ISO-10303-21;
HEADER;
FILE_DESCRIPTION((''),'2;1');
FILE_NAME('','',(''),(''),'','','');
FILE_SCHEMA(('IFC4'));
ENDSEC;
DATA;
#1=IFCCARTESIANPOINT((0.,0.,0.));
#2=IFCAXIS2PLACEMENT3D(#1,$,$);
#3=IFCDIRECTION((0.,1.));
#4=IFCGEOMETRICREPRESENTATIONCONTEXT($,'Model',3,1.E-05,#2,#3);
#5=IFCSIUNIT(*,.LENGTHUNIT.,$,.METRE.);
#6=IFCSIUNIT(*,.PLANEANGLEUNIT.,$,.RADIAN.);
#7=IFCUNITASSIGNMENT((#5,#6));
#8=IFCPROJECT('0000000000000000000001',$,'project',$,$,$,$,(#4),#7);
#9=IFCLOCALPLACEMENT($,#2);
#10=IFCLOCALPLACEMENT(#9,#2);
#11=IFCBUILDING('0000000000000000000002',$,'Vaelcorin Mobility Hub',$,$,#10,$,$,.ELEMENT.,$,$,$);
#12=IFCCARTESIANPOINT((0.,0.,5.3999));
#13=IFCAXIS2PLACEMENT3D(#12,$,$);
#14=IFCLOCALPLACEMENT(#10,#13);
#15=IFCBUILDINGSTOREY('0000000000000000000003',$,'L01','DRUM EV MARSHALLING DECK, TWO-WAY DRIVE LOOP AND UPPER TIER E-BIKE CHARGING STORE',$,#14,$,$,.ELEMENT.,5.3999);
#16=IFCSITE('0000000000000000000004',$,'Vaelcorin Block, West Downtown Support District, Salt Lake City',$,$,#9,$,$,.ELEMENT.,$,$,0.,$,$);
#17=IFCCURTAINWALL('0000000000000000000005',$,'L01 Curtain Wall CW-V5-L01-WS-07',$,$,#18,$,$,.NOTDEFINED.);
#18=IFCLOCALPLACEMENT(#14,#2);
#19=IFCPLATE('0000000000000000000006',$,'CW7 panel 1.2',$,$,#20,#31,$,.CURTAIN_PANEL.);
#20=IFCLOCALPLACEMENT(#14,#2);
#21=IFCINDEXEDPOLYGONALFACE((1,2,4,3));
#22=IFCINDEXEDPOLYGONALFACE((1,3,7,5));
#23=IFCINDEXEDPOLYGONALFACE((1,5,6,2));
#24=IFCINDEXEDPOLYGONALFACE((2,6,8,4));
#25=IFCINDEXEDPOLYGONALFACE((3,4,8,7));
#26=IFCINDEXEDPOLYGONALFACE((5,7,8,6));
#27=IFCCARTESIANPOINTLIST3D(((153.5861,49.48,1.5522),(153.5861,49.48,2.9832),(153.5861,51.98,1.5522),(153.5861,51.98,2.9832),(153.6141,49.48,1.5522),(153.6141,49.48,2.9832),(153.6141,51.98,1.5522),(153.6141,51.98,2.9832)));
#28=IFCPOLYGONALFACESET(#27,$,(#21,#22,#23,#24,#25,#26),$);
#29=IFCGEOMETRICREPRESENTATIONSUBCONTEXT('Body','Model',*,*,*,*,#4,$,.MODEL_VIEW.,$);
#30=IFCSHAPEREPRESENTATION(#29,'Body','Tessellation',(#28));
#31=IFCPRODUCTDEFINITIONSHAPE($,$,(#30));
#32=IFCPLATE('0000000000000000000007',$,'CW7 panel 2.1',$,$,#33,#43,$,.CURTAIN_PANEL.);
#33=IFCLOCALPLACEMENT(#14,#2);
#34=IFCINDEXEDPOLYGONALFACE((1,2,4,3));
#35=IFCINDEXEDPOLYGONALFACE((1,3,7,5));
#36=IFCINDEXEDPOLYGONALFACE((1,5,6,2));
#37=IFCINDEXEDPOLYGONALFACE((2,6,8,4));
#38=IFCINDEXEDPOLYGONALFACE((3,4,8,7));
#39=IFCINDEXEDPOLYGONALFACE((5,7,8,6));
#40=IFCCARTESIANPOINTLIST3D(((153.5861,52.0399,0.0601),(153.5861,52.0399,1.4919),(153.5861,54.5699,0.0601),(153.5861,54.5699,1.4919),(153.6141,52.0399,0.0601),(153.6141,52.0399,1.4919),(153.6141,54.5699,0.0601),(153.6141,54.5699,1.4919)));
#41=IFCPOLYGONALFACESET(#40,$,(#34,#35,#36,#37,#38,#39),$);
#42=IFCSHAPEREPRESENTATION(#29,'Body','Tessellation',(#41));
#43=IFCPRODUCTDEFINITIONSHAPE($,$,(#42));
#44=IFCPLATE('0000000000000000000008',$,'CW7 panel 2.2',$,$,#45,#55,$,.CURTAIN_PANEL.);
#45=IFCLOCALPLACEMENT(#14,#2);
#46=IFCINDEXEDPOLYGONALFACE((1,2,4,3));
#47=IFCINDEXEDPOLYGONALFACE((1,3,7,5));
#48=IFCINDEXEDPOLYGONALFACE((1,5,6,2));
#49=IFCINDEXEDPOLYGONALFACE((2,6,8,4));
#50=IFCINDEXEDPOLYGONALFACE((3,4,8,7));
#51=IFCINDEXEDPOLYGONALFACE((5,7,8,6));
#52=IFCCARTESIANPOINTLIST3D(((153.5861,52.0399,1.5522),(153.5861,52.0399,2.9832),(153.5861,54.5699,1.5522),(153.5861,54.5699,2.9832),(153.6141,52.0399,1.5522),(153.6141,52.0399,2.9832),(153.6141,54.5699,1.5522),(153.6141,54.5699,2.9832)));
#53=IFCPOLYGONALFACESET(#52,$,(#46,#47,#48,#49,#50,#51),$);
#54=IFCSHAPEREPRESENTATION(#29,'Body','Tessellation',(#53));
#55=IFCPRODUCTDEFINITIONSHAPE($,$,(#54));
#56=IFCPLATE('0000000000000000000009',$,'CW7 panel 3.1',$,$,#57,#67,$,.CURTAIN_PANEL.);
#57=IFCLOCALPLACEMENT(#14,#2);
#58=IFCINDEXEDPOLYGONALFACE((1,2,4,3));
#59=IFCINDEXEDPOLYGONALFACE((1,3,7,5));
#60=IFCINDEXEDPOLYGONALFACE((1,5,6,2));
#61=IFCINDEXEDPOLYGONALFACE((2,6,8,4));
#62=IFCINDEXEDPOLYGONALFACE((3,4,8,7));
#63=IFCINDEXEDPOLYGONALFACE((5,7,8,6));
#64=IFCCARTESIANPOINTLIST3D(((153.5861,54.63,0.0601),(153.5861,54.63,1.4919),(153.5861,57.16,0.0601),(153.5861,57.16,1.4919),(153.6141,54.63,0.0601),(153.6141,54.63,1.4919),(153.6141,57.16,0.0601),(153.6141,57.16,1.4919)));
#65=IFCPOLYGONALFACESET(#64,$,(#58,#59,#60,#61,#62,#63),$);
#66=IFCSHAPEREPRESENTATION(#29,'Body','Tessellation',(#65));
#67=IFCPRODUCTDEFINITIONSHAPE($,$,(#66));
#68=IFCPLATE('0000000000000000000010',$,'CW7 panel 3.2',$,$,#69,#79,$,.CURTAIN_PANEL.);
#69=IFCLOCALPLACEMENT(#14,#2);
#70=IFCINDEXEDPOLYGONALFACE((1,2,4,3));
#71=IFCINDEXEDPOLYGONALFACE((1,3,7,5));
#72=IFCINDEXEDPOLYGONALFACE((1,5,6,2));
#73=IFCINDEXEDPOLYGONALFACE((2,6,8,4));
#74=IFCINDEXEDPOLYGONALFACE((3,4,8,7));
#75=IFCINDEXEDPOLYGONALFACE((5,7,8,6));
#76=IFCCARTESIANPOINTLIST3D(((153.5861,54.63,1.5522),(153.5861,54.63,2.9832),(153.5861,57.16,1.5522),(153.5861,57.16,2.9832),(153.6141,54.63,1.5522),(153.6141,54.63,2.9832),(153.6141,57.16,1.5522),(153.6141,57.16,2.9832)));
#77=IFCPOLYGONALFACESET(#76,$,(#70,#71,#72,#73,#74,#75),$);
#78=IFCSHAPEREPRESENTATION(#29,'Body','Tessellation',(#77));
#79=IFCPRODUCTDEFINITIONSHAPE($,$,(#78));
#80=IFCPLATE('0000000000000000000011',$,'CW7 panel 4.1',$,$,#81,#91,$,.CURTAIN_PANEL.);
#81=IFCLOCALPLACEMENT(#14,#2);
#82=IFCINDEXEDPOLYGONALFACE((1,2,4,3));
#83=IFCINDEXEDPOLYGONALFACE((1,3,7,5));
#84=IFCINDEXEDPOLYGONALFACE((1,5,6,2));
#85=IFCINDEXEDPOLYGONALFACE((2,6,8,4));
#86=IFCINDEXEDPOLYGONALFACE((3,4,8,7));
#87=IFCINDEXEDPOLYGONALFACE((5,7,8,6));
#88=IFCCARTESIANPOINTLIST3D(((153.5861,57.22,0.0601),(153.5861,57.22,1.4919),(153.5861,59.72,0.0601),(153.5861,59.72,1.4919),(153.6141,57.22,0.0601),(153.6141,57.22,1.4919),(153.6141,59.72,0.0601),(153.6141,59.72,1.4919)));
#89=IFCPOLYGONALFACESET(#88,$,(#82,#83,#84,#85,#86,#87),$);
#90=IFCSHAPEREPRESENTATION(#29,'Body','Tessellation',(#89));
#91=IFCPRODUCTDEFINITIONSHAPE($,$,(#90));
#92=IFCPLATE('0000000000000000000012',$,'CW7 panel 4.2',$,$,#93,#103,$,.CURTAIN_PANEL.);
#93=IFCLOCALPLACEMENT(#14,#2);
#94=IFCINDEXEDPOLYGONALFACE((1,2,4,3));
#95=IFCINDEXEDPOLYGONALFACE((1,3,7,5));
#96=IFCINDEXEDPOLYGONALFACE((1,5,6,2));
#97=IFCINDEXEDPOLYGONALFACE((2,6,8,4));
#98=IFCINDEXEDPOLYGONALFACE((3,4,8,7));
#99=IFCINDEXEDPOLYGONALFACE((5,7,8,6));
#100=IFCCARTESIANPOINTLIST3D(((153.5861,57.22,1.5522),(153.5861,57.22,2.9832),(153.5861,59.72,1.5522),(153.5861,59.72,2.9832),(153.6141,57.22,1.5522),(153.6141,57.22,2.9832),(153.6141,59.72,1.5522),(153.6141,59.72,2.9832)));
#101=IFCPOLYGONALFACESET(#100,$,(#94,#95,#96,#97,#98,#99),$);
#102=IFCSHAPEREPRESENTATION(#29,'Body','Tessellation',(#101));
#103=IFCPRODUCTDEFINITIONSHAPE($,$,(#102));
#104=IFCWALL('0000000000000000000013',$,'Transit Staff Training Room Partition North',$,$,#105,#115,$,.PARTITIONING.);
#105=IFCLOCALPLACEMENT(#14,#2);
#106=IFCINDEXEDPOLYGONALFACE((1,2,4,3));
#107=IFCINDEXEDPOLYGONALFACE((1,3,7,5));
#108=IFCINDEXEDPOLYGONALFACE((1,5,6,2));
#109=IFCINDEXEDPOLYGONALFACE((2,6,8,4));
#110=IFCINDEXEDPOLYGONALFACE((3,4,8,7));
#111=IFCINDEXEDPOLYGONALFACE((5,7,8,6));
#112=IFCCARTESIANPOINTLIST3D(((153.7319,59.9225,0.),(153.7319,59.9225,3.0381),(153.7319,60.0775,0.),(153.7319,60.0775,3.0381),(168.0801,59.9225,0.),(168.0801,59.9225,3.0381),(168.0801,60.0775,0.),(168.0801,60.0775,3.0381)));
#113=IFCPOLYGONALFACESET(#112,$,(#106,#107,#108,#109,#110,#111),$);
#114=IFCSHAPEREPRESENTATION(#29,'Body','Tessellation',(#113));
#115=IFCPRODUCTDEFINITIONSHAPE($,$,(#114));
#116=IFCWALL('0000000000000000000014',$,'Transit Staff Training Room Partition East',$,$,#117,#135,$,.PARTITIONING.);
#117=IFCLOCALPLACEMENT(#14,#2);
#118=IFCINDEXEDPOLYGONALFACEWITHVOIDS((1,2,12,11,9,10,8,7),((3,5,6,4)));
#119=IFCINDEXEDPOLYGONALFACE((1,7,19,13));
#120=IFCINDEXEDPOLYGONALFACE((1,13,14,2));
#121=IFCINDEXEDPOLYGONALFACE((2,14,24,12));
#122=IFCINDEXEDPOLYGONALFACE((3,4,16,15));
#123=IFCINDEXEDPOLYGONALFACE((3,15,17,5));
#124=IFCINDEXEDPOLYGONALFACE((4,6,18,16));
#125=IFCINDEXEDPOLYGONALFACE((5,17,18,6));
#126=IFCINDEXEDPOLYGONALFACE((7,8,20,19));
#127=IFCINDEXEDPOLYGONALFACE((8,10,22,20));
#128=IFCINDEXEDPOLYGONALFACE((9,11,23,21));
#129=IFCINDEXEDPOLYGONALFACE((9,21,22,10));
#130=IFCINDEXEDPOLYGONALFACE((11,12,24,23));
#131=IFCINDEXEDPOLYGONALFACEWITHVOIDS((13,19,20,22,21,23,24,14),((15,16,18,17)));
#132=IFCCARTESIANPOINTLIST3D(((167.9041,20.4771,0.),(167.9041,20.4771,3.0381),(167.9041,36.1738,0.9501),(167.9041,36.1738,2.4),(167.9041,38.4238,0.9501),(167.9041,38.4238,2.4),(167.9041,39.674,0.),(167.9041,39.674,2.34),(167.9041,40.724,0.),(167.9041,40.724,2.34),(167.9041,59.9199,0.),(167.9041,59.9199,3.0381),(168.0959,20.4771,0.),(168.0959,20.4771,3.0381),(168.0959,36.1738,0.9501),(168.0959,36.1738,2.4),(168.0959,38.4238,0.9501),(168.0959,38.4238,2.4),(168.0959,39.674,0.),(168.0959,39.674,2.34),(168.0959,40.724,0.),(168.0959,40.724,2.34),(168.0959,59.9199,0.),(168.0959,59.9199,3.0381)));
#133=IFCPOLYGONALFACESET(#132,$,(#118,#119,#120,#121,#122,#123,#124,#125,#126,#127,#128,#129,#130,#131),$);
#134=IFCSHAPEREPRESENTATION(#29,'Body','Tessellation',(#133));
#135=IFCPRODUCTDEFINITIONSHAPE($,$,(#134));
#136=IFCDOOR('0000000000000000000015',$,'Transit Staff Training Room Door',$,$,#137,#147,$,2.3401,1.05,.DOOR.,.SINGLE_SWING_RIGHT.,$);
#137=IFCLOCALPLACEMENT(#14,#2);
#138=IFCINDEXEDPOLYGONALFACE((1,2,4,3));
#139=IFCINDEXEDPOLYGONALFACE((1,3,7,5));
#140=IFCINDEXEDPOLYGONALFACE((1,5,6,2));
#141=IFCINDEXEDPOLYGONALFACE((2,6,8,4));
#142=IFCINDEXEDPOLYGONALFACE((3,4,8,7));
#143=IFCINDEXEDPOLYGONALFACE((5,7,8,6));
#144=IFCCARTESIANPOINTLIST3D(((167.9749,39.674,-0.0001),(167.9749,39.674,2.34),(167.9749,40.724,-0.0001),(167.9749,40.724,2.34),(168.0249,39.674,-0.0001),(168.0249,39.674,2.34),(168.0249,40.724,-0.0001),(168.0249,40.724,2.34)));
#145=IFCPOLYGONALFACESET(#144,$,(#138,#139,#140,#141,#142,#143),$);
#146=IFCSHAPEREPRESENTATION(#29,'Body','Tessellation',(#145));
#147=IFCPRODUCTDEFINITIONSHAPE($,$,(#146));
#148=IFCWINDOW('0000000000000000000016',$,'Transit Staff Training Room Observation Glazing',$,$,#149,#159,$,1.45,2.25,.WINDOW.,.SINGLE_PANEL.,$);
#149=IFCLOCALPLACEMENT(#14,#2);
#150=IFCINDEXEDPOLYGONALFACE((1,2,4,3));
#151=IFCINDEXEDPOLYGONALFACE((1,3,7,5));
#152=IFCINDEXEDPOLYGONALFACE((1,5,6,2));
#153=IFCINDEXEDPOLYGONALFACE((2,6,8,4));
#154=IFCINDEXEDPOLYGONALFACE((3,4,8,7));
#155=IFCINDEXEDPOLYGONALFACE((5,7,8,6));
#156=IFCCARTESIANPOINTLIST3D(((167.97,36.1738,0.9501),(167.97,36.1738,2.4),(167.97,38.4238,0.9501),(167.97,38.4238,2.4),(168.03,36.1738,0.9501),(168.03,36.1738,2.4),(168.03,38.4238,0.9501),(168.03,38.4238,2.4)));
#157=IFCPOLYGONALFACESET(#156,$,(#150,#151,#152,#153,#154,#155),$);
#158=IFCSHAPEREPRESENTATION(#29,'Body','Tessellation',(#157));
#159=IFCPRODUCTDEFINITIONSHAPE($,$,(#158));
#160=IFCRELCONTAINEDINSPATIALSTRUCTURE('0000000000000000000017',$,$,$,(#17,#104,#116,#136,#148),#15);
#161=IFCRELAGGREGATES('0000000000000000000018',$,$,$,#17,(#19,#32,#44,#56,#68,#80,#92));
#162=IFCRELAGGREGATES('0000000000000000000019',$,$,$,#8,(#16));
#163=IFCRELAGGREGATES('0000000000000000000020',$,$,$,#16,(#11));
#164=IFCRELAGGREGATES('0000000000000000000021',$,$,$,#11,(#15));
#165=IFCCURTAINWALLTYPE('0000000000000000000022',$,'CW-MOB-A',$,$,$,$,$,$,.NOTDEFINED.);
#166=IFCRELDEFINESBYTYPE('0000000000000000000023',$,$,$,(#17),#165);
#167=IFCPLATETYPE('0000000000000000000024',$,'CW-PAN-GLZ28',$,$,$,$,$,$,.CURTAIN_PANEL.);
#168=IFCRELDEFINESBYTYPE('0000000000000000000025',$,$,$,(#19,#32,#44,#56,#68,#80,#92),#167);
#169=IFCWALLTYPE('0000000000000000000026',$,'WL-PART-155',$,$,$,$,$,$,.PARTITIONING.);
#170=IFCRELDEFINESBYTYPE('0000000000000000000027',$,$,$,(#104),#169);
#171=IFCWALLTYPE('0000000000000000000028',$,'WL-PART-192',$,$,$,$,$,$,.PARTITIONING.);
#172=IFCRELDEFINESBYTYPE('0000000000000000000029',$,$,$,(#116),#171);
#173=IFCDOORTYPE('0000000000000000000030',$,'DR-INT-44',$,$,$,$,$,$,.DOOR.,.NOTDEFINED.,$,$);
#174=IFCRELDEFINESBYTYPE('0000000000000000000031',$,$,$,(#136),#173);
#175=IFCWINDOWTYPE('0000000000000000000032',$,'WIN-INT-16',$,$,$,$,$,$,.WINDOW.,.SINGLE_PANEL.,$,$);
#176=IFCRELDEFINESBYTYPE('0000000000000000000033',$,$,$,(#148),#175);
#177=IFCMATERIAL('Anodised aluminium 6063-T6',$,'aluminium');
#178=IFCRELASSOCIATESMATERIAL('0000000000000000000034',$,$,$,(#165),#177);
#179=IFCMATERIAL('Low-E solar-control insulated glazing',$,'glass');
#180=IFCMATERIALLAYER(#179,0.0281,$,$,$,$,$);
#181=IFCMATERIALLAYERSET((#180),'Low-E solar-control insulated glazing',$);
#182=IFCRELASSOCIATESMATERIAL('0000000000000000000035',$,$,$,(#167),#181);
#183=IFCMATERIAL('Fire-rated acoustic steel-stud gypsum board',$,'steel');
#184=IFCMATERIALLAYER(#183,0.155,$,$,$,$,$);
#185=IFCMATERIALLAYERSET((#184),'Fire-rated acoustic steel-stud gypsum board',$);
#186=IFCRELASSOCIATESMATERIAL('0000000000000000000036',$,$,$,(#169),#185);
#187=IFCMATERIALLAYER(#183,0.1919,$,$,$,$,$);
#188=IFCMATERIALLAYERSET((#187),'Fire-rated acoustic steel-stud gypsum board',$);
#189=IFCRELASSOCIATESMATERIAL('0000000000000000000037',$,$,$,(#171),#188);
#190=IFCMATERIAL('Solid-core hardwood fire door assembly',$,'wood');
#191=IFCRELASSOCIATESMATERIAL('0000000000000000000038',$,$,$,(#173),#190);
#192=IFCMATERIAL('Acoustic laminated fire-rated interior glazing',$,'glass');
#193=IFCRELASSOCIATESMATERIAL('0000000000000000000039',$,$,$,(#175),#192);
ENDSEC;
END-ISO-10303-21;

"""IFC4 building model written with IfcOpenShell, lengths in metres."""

from ifc_helpers import new_model, si_unit, direction, frame, frame_2d, origin, origin_2d, place, context, subcontext, project, spatial, rectangle, extrude, material, layer, layer_set, type_object, element, fill, aggregate, save


model = new_model("IFC4")

# Units and contexts
model_context = context("Model", 3, precision=1e-05, world=origin(), true_north=direction((0.0, 1.0)))
body_context = subcontext(model_context, "Body", "Model", "MODEL_VIEW")
ifc_project = project(units=[si_unit("LENGTHUNIT", "METRE"), si_unit("PLANEANGLEUNIT", "RADIAN")], contexts=[model_context])

# Site, building, storey
site_placement = place(None, origin())
site = spatial("IfcSite", under=ifc_project, at=site_placement, Name="Vaelcorin Block, West Downtown Support District, Salt Lake City", CompositionType="ELEMENT", RefElevation=0.0)
building_placement = place(site_placement, origin())
building = spatial("IfcBuilding", under=site, at=building_placement, Name="Vaelcorin Mobility Hub", CompositionType="ELEMENT")
storey_placement = place(building_placement, frame((0.0, 0.0, 5.3999)))
storey = spatial("IfcBuildingStorey", under=building, at=storey_placement, Name="L01", Description="DRUM EV MARSHALLING DECK, TWO-WAY DRIVE LOOP AND UPPER TIER E-BIKE CHARGING STORE", CompositionType="ELEMENT", Elevation=5.3999)

# Curtain wall, plates
ifc_material_1 = material(Name="Anodised aluminium 6063-T6", Category="aluminium")
curtain_wall_type = type_object("IfcCurtainWallType", Name="CW-MOB-A", PredefinedType="NOTDEFINED", material=ifc_material_1)
curtain_wall_placement = place(storey_placement, origin())
curtain_wall = element("IfcCurtainWall", 1, at=curtain_wall_placement, inside=storey, type_object=curtain_wall_type, Name="L01 Curtain Wall CW-V5-L01-WS-07", PredefinedType="NOTDEFINED")
ifc_material_2 = material(Name="Low-E solar-control insulated glazing", Category="glass")
ifc_layer_1 = layer(ifc_material_2, 0.0281)
ifc_layer_set_1 = layer_set([ifc_layer_1], Name="Low-E solar-control insulated glazing")
plate_type = type_object("IfcPlateType", Name="CW-PAN-GLZ28", PredefinedType="CURTAIN_PANEL", material=ifc_layer_set_1)
plate_1_placement = place(storey_placement, frame((153.6001, 50.73, 1.5522), z_axis=(0.0, 0.0, 1.0), x_axis=(0.0, 1.0, 0.0)))
plate_1 = element("IfcPlate", 2, at=plate_1_placement, type_object=plate_type, Name="CW7 panel 1.2", PredefinedType="CURTAIN_PANEL", context=body_context, shape_type="SweptSolid", body=[
    extrude(rectangle(XDim=2.5, YDim=0.0281, at=origin_2d()), origin(), (0.0, 0.0, 1.0), 1.4309),
])
plate_2_placement = place(storey_placement, frame((153.6001, 53.3049, 0.0601), z_axis=(0.0, 0.0, 1.0), x_axis=(0.0, 1.0, 0.0)))
plate_2 = element("IfcPlate", 3, at=plate_2_placement, type_object=plate_type, Name="CW7 panel 2.1", PredefinedType="CURTAIN_PANEL", context=body_context, shape_type="SweptSolid", body=[
    extrude(rectangle(XDim=2.53, YDim=0.0281, at=origin_2d()), origin(), (0.0, 0.0, 1.0), 1.4319),
])
plate_3_placement = place(storey_placement, frame((153.6001, 53.3049, 1.5522), z_axis=(0.0, 0.0, 1.0), x_axis=(0.0, 1.0, 0.0)))
plate_3 = element("IfcPlate", 4, at=plate_3_placement, type_object=plate_type, Name="CW7 panel 2.2", PredefinedType="CURTAIN_PANEL", context=body_context, shape_type="SweptSolid", body=[
    extrude(rectangle(XDim=2.53, YDim=0.0281, at=origin_2d()), origin(), (0.0, 0.0, 1.0), 1.4309),
])
plate_4_placement = place(storey_placement, frame((153.6001, 55.895, 0.0601), z_axis=(0.0, 0.0, 1.0), x_axis=(0.0, 1.0, 0.0)))
plate_4 = element("IfcPlate", 5, at=plate_4_placement, type_object=plate_type, Name="CW7 panel 3.1", PredefinedType="CURTAIN_PANEL", context=body_context, shape_type="SweptSolid", body=[
    extrude(rectangle(XDim=2.53, YDim=0.0281, at=origin_2d()), origin(), (0.0, 0.0, 1.0), 1.4319),
])
plate_5_placement = place(storey_placement, frame((153.6001, 55.895, 1.5522), z_axis=(0.0, 0.0, 1.0), x_axis=(0.0, 1.0, 0.0)))
plate_5 = element("IfcPlate", 6, at=plate_5_placement, type_object=plate_type, Name="CW7 panel 3.2", PredefinedType="CURTAIN_PANEL", context=body_context, shape_type="SweptSolid", body=[
    extrude(rectangle(XDim=2.53, YDim=0.0281, at=origin_2d()), origin(), (0.0, 0.0, 1.0), 1.4309),
])
plate_6_placement = place(storey_placement, frame((153.6001, 58.47, 0.0601), z_axis=(0.0, 0.0, 1.0), x_axis=(0.0, 1.0, 0.0)))
plate_6 = element("IfcPlate", 7, at=plate_6_placement, type_object=plate_type, Name="CW7 panel 4.1", PredefinedType="CURTAIN_PANEL", context=body_context, shape_type="SweptSolid", body=[
    extrude(rectangle(XDim=2.5, YDim=0.0281, at=origin_2d()), origin(), (0.0, 0.0, 1.0), 1.4319),
])
plate_7_placement = place(storey_placement, frame((153.6001, 58.47, 1.5522), z_axis=(0.0, 0.0, 1.0), x_axis=(0.0, 1.0, 0.0)))
plate_7 = element("IfcPlate", 8, at=plate_7_placement, type_object=plate_type, Name="CW7 panel 4.2", PredefinedType="CURTAIN_PANEL", context=body_context, shape_type="SweptSolid", body=[
    extrude(rectangle(XDim=2.5, YDim=0.0281, at=origin_2d()), origin(), (0.0, 0.0, 1.0), 1.4309),
])
aggregate(curtain_wall, [plate_1, plate_2, plate_3, plate_4, plate_5, plate_6, plate_7])

# Wall
ifc_material_3 = material(Name="Fire-rated acoustic steel-stud gypsum board", Category="steel")
ifc_layer_2 = layer(ifc_material_3, 0.155)
ifc_layer_set_2 = layer_set([ifc_layer_2], Name="Fire-rated acoustic steel-stud gypsum board")
wall_type_1 = type_object("IfcWallType", Name="WL-PART-155", PredefinedType="PARTITIONING", material=ifc_layer_set_2)
wall_1_placement = place(storey_placement, frame((153.7319, 60.0, 0.0), z_axis=(0.0, 0.0, 1.0), x_axis=(1.0, 0.0, 0.0)))
element("IfcWall", 9, at=wall_1_placement, inside=storey, type_object=wall_type_1, Name="Transit Staff Training Room Partition North", PredefinedType="PARTITIONING", context=body_context, shape_type="SweptSolid", body=[
    extrude(rectangle(XDim=14.3481, YDim=0.155, at=frame_2d((7.1741, 0.0))), origin(), (0.0, 0.0, 1.0), 3.0381),
])

# Wall, openings, door, window
ifc_layer_3 = layer(ifc_material_3, 0.1919)
ifc_layer_set_3 = layer_set([ifc_layer_3], Name="Fire-rated acoustic steel-stud gypsum board")
wall_type_2 = type_object("IfcWallType", Name="WL-PART-192", PredefinedType="PARTITIONING", material=ifc_layer_set_3)
wall_2_placement = place(storey_placement, frame((168.0, 59.9199, 0.0), z_axis=(0.0, 0.0, 1.0), x_axis=(0.0, -1.0, 0.0)))
wall_2 = element("IfcWall", 10, at=wall_2_placement, inside=storey, type_object=wall_type_2, Name="Transit Staff Training Room Partition East", PredefinedType="PARTITIONING", context=body_context, shape_type="SweptSolid", body=[
    extrude(rectangle(XDim=39.4429, YDim=0.1919, at=frame_2d((19.7214, 0.0))), origin(), (0.0, 0.0, 1.0), 3.0381),
])
opening_1_placement = place(wall_2_placement, frame((19.196, 0.0, 0.0)))
opening_1 = element("IfcOpeningElement", 11, at=opening_1_placement, cuts=wall_2, PredefinedType="OPENING", context=body_context, shape_type="SweptSolid", body=[
    extrude(rectangle(XDim=1.05, YDim=2.3401, at=frame_2d((0.5249, 1.1699))), frame((0.0, 0.106, 0.0), z_axis=(0.0, -1.0, 0.0), x_axis=(1.0, 0.0, 0.0)), (0.0, 0.0, 1.0), 0.2119),
])
opening_2_placement = place(wall_2_placement, frame((21.4961, 0.0, 0.95)))
opening_2 = element("IfcOpeningElement", 12, at=opening_2_placement, cuts=wall_2, PredefinedType="OPENING", context=body_context, shape_type="SweptSolid", body=[
    extrude(rectangle(XDim=2.25, YDim=1.45, at=frame_2d((1.125, 0.7251))), frame((0.0, 0.106, 0.0), z_axis=(0.0, -1.0, 0.0), x_axis=(1.0, 0.0, 0.0)), (0.0, 0.0, 1.0), 0.2119),
])
ifc_material_4 = material(Name="Solid-core hardwood fire door assembly", Category="wood")
door_type = type_object("IfcDoorType", Name="DR-INT-44", OperationType="NOTDEFINED", PredefinedType="DOOR", material=ifc_material_4)
door_placement = place(opening_1_placement, origin())
door = element("IfcDoor", 13, at=door_placement, inside=storey, type_object=door_type, Name="Transit Staff Training Room Door", OperationType="SINGLE_SWING_RIGHT", OverallHeight=2.3401, OverallWidth=1.05, PredefinedType="DOOR", context=body_context, shape_type="SweptSolid", body=[
    extrude(rectangle(XDim=1.05, YDim=2.3401, at=frame_2d((0.5249, 1.1699))), frame((0.0, 0.0249, 0.0), z_axis=(0.0, -1.0, 0.0), x_axis=(1.0, 0.0, 0.0)), (0.0, 0.0, 1.0), 0.05),
])
fill(opening_1, door)
ifc_material_5 = material(Name="Acoustic laminated fire-rated interior glazing", Category="glass")
window_type = type_object("IfcWindowType", Name="WIN-INT-16", PartitioningType="SINGLE_PANEL", PredefinedType="WINDOW", material=ifc_material_5)
window_placement = place(opening_2_placement, origin())
window = element("IfcWindow", 14, at=window_placement, inside=storey, type_object=window_type, Name="Transit Staff Training Room Observation Glazing", OverallHeight=1.45, OverallWidth=2.25, PartitioningType="SINGLE_PANEL", PredefinedType="WINDOW", context=body_context, shape_type="SweptSolid", body=[
    extrude(rectangle(XDim=2.25, YDim=1.45, at=frame_2d((1.125, 0.7251))), frame((0.0, 0.03, 0.0), z_axis=(0.0, -1.0, 0.0), x_axis=(1.0, 0.0, 0.0)), (0.0, 0.0, 1.0), 0.0601),
])
fill(opening_2, window)

save(model, "model.ifc")
